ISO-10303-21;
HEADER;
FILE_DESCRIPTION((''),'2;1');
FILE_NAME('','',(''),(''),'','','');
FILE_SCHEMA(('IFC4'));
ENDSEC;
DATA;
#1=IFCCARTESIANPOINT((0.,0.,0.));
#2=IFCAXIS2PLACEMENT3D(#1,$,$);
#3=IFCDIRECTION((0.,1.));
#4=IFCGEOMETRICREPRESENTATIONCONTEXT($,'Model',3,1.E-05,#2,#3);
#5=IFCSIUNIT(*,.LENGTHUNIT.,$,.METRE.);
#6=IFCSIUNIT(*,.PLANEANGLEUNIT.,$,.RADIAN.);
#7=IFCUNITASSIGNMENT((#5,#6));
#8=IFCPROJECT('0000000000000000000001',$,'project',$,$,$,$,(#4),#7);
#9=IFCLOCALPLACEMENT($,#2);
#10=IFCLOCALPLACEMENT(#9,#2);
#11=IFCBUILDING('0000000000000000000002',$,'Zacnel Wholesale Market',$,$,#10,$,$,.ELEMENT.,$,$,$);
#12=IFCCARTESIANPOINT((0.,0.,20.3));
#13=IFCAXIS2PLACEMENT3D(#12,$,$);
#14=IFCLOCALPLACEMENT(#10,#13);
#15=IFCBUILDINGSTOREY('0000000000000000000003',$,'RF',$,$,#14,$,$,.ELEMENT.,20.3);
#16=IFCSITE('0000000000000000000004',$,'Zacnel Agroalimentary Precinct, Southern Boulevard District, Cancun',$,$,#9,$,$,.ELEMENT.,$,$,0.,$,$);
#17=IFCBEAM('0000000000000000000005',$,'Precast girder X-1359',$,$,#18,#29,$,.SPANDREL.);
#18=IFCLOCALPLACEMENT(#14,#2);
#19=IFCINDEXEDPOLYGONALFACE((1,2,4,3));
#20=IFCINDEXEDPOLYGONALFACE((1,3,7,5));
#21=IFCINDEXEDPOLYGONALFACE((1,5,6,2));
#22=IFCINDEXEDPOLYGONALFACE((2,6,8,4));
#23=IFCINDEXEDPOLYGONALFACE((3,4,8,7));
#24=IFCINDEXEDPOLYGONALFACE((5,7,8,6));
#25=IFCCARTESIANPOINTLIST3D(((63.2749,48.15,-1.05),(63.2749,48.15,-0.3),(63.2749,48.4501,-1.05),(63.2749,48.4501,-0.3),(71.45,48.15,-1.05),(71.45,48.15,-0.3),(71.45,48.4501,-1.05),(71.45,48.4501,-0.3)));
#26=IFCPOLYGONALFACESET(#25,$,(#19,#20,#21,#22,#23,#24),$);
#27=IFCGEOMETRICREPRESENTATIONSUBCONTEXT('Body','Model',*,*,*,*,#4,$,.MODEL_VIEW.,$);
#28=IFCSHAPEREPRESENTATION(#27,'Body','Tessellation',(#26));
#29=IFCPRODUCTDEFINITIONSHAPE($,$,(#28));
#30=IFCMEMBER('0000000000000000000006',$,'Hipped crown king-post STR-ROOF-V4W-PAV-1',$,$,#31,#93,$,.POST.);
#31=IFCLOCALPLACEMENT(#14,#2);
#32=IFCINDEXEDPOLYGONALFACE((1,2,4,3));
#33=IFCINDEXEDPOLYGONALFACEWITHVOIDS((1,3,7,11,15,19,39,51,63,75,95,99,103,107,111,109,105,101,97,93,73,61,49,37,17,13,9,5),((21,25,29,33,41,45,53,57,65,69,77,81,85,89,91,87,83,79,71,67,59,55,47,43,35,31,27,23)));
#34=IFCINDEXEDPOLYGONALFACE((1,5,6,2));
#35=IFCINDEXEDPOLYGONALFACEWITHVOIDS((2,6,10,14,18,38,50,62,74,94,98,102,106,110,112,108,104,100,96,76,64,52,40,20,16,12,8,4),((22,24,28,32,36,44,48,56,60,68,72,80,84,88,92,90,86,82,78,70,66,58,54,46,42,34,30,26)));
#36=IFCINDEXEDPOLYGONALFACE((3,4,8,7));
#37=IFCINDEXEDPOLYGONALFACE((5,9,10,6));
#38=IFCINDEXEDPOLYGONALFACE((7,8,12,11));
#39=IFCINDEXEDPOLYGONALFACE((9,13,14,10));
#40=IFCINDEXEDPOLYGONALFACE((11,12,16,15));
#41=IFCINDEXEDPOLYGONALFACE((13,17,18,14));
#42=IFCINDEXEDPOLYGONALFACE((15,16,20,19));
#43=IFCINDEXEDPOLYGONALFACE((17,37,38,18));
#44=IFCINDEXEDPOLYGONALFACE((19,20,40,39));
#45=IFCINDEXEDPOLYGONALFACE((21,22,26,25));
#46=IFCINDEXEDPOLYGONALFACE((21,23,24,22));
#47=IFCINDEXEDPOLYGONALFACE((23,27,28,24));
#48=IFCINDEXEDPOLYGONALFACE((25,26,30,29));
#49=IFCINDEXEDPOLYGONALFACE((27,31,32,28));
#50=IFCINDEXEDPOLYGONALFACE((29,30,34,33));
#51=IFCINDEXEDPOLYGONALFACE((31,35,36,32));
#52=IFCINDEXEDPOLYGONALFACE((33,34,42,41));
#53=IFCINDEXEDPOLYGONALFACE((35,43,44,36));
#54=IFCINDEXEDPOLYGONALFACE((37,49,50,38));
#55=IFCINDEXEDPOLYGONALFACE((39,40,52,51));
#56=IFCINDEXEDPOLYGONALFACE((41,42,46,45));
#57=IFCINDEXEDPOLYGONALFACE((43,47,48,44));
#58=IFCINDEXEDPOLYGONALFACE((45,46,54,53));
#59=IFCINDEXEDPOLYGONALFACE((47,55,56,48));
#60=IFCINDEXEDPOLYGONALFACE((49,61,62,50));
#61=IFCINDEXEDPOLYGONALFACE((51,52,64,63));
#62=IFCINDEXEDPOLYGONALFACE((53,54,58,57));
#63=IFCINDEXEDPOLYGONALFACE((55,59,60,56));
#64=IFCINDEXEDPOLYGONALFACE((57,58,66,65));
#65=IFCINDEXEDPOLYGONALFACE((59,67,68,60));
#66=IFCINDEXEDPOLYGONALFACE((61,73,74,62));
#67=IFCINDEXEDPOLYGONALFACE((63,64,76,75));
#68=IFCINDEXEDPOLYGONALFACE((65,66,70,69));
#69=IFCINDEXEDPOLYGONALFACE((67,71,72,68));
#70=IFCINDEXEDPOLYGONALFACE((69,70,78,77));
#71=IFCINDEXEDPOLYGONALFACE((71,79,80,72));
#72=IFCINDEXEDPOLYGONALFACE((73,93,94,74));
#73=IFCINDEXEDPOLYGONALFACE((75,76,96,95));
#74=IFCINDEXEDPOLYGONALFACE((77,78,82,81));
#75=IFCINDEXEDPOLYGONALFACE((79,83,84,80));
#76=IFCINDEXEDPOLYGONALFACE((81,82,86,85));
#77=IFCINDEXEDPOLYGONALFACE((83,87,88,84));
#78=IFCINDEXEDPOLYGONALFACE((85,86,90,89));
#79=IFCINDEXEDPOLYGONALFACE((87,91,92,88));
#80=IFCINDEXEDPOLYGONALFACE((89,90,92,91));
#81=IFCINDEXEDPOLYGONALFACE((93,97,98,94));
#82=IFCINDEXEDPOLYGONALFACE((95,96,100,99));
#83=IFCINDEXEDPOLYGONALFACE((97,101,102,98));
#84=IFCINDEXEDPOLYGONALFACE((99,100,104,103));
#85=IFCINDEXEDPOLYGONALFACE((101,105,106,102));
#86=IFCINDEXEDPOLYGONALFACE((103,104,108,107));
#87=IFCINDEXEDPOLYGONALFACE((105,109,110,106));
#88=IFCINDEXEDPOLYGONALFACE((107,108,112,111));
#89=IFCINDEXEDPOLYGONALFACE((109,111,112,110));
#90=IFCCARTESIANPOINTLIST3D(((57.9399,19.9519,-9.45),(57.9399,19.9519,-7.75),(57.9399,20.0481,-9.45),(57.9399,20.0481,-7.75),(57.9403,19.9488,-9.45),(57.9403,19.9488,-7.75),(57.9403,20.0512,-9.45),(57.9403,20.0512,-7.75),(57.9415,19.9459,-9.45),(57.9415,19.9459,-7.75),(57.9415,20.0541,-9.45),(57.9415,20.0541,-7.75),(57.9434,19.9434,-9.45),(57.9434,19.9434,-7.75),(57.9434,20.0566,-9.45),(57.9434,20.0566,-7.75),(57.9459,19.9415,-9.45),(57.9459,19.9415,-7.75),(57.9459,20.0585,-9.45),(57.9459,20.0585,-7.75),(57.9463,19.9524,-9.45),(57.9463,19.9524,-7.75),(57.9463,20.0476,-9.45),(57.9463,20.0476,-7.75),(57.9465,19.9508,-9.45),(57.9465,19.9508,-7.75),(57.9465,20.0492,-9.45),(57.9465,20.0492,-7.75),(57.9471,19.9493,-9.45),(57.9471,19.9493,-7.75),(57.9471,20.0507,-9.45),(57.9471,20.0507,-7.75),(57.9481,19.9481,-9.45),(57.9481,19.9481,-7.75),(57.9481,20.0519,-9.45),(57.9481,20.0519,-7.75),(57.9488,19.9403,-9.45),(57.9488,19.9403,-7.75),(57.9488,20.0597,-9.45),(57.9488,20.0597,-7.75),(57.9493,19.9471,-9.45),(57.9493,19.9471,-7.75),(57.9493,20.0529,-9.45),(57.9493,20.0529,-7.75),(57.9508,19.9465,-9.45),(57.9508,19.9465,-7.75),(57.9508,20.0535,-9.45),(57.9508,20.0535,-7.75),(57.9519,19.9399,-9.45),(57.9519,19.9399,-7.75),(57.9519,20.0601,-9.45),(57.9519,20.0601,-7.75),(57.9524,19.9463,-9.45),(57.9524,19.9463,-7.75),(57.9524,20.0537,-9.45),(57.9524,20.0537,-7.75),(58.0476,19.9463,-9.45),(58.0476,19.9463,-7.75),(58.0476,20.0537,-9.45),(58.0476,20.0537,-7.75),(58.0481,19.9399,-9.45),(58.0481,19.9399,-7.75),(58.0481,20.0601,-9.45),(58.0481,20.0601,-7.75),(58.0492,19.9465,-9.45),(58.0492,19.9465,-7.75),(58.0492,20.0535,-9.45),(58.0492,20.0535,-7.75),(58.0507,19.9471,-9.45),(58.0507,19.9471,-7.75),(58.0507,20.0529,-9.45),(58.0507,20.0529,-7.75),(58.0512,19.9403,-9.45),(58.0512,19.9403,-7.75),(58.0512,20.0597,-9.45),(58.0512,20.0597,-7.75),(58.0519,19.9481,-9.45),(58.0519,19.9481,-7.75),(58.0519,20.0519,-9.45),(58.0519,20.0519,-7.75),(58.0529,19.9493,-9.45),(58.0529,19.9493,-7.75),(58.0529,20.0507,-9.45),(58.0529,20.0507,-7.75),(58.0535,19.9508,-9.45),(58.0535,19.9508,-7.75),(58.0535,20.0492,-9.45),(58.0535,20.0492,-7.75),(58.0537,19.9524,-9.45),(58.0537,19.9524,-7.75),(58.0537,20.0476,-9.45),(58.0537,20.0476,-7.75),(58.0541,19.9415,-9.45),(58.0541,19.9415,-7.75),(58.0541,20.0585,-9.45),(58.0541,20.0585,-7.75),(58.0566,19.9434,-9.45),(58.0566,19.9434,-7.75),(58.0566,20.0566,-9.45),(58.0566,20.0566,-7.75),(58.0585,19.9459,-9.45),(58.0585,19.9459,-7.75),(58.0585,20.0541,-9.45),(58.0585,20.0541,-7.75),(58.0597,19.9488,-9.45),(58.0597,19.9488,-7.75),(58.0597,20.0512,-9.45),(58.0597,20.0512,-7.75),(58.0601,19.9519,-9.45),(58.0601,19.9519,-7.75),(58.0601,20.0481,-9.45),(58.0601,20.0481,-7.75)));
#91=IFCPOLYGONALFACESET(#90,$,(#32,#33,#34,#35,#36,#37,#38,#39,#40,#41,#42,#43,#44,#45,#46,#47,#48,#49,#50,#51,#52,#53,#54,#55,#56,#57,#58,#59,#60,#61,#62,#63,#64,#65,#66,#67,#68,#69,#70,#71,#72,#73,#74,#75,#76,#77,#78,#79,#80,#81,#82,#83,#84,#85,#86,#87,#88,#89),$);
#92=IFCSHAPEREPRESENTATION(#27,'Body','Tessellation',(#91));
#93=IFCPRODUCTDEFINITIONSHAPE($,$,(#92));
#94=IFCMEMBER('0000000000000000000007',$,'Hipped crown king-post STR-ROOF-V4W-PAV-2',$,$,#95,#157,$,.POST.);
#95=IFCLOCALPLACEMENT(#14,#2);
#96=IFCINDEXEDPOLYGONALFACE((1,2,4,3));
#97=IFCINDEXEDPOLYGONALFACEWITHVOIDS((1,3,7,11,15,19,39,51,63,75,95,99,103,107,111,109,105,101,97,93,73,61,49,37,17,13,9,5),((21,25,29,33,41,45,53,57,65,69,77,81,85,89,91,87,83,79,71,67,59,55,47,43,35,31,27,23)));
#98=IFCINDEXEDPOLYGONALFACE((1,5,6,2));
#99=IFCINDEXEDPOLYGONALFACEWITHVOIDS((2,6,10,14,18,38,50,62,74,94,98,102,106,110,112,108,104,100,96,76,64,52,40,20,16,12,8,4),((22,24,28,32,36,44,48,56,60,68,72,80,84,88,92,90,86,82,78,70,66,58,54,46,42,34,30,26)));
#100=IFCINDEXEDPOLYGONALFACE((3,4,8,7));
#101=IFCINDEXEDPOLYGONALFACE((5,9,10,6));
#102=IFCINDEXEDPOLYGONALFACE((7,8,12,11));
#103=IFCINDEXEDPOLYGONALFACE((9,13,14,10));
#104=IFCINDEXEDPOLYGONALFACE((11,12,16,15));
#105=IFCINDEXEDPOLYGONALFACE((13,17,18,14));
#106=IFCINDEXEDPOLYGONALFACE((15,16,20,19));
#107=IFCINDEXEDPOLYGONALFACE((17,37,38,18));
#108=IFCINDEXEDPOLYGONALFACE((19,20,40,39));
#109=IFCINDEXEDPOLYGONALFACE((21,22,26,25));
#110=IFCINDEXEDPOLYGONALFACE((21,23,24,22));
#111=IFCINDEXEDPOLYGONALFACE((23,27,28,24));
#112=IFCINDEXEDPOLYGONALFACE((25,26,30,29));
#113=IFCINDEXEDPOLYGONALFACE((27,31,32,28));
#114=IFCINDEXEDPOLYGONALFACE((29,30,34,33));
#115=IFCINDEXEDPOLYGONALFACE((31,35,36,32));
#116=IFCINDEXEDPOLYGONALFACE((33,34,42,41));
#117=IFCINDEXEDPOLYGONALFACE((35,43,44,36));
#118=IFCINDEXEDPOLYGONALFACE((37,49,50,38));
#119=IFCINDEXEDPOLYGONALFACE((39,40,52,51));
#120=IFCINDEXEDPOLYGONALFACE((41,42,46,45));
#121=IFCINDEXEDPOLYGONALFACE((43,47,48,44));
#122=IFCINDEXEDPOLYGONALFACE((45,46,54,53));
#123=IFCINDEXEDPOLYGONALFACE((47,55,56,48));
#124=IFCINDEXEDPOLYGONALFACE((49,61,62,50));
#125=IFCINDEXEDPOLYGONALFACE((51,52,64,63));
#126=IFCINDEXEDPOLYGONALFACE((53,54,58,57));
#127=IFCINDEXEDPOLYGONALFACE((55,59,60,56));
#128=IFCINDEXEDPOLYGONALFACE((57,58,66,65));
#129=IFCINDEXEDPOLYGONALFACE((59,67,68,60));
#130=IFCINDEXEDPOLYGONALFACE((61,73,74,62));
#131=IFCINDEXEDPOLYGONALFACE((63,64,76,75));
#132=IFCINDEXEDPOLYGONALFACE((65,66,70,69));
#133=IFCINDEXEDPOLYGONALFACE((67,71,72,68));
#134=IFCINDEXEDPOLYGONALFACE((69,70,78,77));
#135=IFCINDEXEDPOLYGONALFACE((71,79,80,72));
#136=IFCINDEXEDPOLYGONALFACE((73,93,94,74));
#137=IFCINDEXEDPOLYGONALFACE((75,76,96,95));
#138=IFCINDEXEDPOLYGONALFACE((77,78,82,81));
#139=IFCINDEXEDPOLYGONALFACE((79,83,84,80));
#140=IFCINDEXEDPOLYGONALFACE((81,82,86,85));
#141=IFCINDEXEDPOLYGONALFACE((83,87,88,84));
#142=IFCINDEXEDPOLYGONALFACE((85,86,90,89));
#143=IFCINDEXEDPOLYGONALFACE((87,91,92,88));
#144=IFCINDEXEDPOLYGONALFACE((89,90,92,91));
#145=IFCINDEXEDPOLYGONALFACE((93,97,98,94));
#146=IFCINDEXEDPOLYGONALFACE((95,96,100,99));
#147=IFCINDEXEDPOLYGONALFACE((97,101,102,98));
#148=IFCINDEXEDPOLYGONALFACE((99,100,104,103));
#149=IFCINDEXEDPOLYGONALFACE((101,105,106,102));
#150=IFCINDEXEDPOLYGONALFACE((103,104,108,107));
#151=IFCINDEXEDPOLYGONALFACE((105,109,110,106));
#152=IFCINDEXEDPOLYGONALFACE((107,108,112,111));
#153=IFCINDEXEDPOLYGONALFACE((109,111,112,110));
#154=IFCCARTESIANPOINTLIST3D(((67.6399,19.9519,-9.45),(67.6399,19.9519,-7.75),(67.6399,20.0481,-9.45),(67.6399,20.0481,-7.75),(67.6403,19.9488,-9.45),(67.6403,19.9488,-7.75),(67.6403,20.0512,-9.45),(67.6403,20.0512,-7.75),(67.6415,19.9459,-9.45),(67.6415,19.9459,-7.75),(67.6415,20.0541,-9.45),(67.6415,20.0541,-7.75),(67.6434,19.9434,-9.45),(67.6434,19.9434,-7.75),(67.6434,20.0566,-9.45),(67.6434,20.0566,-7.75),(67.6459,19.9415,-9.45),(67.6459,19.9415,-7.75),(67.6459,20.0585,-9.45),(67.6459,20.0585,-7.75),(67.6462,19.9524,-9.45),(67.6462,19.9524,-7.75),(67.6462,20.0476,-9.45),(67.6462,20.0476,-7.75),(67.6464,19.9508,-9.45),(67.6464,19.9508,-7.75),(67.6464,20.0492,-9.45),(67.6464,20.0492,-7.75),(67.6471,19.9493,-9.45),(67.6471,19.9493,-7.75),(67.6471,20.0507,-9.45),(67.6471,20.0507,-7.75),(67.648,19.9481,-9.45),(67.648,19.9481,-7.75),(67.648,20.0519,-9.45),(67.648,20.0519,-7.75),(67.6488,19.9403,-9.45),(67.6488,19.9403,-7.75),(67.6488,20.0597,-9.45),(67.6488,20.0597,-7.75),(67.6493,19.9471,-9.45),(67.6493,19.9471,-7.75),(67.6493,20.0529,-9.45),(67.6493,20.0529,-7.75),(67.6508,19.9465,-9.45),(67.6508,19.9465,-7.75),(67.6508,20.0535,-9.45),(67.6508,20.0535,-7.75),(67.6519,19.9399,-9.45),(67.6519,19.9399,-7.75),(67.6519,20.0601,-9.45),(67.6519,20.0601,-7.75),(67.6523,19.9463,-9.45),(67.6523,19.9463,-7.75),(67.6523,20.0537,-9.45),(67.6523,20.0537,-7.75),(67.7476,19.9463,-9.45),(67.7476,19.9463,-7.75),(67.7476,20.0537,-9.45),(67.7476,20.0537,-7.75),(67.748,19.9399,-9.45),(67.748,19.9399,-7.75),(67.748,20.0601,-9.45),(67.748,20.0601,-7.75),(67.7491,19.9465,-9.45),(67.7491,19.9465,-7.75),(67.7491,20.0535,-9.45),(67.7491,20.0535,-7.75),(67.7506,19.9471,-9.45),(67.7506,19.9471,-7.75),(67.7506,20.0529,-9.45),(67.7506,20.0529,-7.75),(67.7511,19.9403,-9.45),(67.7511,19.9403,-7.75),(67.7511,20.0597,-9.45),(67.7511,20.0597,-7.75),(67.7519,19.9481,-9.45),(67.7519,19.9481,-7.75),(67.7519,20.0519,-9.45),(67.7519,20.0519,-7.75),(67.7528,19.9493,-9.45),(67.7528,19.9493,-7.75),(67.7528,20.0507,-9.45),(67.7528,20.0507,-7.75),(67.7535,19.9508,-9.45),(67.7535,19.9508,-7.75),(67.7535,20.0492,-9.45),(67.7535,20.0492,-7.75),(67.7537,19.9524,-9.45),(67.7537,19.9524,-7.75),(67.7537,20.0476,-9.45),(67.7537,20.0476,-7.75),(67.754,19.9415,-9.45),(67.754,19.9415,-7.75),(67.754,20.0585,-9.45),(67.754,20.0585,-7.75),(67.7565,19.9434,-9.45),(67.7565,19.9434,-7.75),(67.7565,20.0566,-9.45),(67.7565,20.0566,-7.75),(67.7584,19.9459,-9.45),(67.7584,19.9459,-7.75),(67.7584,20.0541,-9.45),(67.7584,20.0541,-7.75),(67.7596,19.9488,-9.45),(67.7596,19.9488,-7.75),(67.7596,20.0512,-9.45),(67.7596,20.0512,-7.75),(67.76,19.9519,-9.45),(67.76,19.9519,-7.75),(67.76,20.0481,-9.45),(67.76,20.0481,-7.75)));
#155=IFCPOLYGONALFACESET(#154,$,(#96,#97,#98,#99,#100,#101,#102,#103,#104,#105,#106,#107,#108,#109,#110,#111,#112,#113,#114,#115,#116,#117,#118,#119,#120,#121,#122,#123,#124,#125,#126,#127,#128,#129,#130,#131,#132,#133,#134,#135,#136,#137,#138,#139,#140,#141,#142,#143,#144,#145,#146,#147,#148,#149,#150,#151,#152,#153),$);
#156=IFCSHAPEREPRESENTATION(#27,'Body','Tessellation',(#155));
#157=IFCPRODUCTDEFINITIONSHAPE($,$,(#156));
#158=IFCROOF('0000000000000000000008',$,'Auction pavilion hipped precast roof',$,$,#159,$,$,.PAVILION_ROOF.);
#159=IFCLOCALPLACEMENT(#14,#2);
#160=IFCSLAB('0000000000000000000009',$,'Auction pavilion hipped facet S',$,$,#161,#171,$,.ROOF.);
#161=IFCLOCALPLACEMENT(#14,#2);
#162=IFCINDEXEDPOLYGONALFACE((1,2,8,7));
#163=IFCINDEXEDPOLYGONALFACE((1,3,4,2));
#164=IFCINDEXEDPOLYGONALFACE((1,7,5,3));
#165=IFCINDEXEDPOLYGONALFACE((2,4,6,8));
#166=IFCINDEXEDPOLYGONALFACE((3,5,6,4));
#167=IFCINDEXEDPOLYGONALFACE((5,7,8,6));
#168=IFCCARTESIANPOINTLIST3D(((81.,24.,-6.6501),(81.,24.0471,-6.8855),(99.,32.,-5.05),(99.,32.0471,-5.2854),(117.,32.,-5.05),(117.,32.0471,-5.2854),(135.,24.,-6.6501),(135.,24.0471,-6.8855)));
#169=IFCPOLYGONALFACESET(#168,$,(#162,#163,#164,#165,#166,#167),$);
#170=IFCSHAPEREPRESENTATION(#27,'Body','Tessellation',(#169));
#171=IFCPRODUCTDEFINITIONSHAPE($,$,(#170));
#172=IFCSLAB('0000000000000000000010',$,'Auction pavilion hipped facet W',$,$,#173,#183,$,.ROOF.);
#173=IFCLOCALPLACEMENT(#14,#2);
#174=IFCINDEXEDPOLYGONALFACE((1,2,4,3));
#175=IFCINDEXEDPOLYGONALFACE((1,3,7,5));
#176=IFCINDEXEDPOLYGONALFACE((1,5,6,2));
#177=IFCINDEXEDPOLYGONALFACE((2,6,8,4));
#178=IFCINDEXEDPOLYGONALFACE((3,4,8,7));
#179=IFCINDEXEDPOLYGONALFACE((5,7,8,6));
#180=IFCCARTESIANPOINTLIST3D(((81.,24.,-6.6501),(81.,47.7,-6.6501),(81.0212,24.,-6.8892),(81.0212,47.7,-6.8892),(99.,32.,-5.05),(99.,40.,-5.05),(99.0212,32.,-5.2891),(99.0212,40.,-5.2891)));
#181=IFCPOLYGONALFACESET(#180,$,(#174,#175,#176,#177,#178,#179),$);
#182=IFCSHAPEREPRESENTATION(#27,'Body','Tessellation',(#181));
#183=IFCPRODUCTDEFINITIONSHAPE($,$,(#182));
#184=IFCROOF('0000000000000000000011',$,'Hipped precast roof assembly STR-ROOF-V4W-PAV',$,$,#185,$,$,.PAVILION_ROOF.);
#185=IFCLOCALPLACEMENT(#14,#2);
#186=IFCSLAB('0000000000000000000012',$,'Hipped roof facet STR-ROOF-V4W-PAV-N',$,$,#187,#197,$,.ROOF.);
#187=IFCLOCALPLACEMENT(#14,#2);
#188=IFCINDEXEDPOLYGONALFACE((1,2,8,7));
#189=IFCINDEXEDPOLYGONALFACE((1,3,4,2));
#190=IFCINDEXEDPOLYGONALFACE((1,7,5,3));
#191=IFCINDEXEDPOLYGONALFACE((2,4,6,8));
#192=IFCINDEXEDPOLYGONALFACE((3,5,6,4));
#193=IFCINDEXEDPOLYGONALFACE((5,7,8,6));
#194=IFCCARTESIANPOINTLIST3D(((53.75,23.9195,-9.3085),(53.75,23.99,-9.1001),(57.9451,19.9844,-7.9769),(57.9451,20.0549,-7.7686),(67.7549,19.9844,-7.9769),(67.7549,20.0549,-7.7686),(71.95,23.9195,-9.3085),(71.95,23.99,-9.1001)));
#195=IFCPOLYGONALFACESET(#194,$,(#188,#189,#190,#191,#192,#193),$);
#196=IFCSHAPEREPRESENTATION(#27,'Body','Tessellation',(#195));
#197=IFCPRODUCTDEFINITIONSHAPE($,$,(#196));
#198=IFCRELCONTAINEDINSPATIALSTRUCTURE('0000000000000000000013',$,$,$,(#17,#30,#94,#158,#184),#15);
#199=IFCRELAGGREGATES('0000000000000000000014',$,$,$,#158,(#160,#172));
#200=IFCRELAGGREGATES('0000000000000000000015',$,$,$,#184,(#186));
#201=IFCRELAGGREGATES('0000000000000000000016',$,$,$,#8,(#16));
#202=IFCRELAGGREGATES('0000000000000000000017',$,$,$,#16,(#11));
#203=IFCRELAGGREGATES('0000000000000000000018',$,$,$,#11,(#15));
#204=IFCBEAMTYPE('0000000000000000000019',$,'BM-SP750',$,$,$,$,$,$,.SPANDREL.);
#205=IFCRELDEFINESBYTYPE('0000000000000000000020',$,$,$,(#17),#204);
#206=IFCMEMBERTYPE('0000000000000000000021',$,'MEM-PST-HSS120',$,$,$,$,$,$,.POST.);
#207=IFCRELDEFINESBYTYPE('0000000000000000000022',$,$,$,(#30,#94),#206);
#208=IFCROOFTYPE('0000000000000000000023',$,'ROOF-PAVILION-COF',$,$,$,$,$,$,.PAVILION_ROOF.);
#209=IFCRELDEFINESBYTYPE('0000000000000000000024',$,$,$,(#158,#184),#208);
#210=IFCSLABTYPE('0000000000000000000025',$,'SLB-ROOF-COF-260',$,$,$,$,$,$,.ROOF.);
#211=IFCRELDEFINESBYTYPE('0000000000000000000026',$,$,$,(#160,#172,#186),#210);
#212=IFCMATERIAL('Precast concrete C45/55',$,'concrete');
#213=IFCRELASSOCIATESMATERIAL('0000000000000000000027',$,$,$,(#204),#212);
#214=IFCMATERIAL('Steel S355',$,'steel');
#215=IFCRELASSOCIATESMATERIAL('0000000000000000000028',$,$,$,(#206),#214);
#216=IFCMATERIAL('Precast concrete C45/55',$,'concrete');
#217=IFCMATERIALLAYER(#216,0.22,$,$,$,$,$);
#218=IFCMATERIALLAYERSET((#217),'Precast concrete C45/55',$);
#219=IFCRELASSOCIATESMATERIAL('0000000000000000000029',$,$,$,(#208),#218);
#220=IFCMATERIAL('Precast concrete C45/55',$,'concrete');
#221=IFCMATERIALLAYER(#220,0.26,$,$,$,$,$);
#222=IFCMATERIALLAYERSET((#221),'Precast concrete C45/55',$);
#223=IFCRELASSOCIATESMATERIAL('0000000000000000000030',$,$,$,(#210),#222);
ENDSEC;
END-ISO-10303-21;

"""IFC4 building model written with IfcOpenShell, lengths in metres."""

from ifc_helpers import new_model, si_unit, direction, frame, origin, origin_2d, place, context, subcontext, project, spatial, polyline, rectangle, hollow_rectangle, outline, extrude, material, layer, layer_set, material_profile, profile_set, type_object, element, aggregate, save


model = new_model("IFC4")

# Units and contexts
model_context = context("Model", 3, precision=1e-05, world=origin(), true_north=direction((0.0, 1.0)))
body_context = subcontext(model_context, "Body", "Model", "MODEL_VIEW")
ifc_project = project(units=[si_unit("LENGTHUNIT", "METRE"), si_unit("PLANEANGLEUNIT", "RADIAN")], contexts=[model_context])

# Site, building, storey
site_placement = place(None, origin())
site = spatial("IfcSite", under=ifc_project, at=site_placement, Name="Zacnel Agroalimentary Precinct, Southern Boulevard District, Cancun", CompositionType="ELEMENT", RefElevation=0.0)
building_placement = place(site_placement, origin())
building = spatial("IfcBuilding", under=site, at=building_placement, Name="Zacnel Wholesale Market", CompositionType="ELEMENT")
storey_placement = place(building_placement, frame((0.0, 0.0, 20.3)))
storey = spatial("IfcBuildingStorey", under=building, at=storey_placement, Name="RF", CompositionType="ELEMENT", Elevation=20.3)

# Beam
ifc_material_1 = material(Name="Precast concrete C45/55", Category="concrete")
ifc_material_profile_1 = material_profile(ifc_material_1, rectangle(XDim=0.3, YDim=0.75, at=origin_2d()), Name="SP 300x750")
ifc_profile_set_1 = profile_set([ifc_material_profile_1], Name="Precast concrete C45/55")
beam_type_1 = type_object("IfcBeamType", Name="BM-SP750", PredefinedType="SPANDREL", material=ifc_profile_set_1)
beam_1_placement = place(storey_placement, frame((63.2749, 48.3, -0.675), z_axis=(1.0, 0.0, 0.0), x_axis=(0.0, 1.0, 0.0)))
element("IfcBeam", 1, at=beam_1_placement, inside=storey, type_object=beam_type_1, Name="Precast girder X-1359", PredefinedType="SPANDREL", context=body_context, shape_type="SweptSolid", body=[
    extrude(rectangle(XDim=0.3, YDim=0.75, at=origin_2d()), origin(), (0.0, 0.0, 1.0), 8.175),
])

# Members
ifc_material_2 = material(Name="Steel S355", Category="steel")
ifc_material_profile_2 = material_profile(ifc_material_2, hollow_rectangle(XDim=0.1201, YDim=0.1201, WallThickness=0.0063, InnerFilletRadius=0.0061, OuterFilletRadius=0.012, at=origin_2d()), Name="HSS 120x120x6.3")
ifc_profile_set_2 = profile_set([ifc_material_profile_2], Name="Steel S355")
member_type = type_object("IfcMemberType", Name="MEM-PST-HSS120", PredefinedType="POST", material=ifc_profile_set_2)
for number, where, z_axis, x_axis, name in (
    (2, (58.0, 20.0, -9.45), (0.0, 0.0, 1.0), (1.0, 0.0, 0.0), "Hipped crown king-post STR-ROOF-V4W-PAV-1"),
    (3, (67.7, 20.0, -9.45), (0.0, 0.0, 1.0), (1.0, 0.0, 0.0), "Hipped crown king-post STR-ROOF-V4W-PAV-2"),
):
    element("IfcMember", number, at=place(storey_placement, frame(where, z_axis=z_axis, x_axis=x_axis)), inside=storey, type_object=member_type, Name=name, PredefinedType="POST", context=body_context, shape_type="SweptSolid", body=[
        extrude(hollow_rectangle(XDim=0.1201, YDim=0.1201, WallThickness=0.0063, InnerFilletRadius=0.0061, OuterFilletRadius=0.012, at=origin_2d()), origin(), (0.0, 0.0, 1.0), 1.7),
    ])

# Roofs, slabs
ifc_material_3 = material(Name="Precast concrete C45/55", Category="concrete")
ifc_layer_1 = layer(ifc_material_3, 0.22)
ifc_layer_set_1 = layer_set([ifc_layer_1], Name="Precast concrete C45/55")
roof_type = type_object("IfcRoofType", Name="ROOF-PAVILION-COF", PredefinedType="PAVILION_ROOF", material=ifc_layer_set_1)
roof_1_placement = place(storey_placement, origin())
roof_1 = element("IfcRoof", 4, at=roof_1_placement, inside=storey, type_object=roof_type, Name="Auction pavilion hipped precast roof", PredefinedType="PAVILION_ROOF")
ifc_material_4 = material(Name="Precast concrete C45/55", Category="concrete")
ifc_layer_2 = layer(ifc_material_4, 0.26)
ifc_layer_set_2 = layer_set([ifc_layer_2], Name="Precast concrete C45/55")
slab_type = type_object("IfcSlabType", Name="SLB-ROOF-COF-260", PredefinedType="ROOF", material=ifc_layer_set_2)
slab_1_placement = place(storey_placement, frame((81.0, 24.0, -6.6501), z_axis=(0.0, -0.196128, 0.980578), x_axis=(1.0, 0.0, 0.0)))
slab_1 = element("IfcSlab", 5, at=slab_1_placement, type_object=slab_type, Name="Auction pavilion hipped facet S", PredefinedType="ROOF", context=body_context, shape_type="SweptSolid", body=[
    extrude(outline(polyline([(0.0, 0.0), (54.0, 0.0), (36.0, 8.1585), (18.0, 8.1585), (0.0, 0.0)])), origin(), (0.0, 0.0, -1.0), 0.24),
])
slab_2_placement = place(storey_placement, frame((81.0, 47.7, -6.6501), z_axis=(-0.088545, 0.0, 0.996072), x_axis=(0.0, -1.0, 0.0)))
slab_2 = element("IfcSlab", 6, at=slab_2_placement, type_object=slab_type, Name="Auction pavilion hipped facet W", PredefinedType="ROOF", context=body_context, shape_type="SweptSolid", body=[
    extrude(outline(polyline([(0.0, 0.0), (23.7, 0.0), (15.7, 18.071), (7.7, 18.071), (0.0, 0.0)])), origin(), (0.0, 0.0, -1.0), 0.24),
])
aggregate(roof_1, [slab_1, slab_2])
roof_2_placement = place(storey_placement, origin())
roof_2 = element("IfcRoof", 7, at=roof_2_placement, inside=storey, type_object=roof_type, Name="Hipped precast roof assembly STR-ROOF-V4W-PAV", PredefinedType="PAVILION_ROOF")
slab_3_placement = place(storey_placement, frame((71.95, 23.99, -9.1001), z_axis=(0.0, 0.320526, 0.94724), x_axis=(-1.0, 0.0, 0.0)))
slab_3 = element("IfcSlab", 8, at=slab_3_placement, type_object=slab_type, Name="Hipped roof facet STR-ROOF-V4W-PAV-N", PredefinedType="ROOF", context=body_context, shape_type="SweptSolid", body=[
    extrude(outline(polyline([(0.0, 0.0), (18.2, 0.0), (14.0049, 4.1542), (4.1951, 4.1542), (0.0, 0.0)])), origin(), (0.0, 0.0, -1.0), 0.22),
])
aggregate(roof_2, [slab_3])

save(model, "model.ifc")
